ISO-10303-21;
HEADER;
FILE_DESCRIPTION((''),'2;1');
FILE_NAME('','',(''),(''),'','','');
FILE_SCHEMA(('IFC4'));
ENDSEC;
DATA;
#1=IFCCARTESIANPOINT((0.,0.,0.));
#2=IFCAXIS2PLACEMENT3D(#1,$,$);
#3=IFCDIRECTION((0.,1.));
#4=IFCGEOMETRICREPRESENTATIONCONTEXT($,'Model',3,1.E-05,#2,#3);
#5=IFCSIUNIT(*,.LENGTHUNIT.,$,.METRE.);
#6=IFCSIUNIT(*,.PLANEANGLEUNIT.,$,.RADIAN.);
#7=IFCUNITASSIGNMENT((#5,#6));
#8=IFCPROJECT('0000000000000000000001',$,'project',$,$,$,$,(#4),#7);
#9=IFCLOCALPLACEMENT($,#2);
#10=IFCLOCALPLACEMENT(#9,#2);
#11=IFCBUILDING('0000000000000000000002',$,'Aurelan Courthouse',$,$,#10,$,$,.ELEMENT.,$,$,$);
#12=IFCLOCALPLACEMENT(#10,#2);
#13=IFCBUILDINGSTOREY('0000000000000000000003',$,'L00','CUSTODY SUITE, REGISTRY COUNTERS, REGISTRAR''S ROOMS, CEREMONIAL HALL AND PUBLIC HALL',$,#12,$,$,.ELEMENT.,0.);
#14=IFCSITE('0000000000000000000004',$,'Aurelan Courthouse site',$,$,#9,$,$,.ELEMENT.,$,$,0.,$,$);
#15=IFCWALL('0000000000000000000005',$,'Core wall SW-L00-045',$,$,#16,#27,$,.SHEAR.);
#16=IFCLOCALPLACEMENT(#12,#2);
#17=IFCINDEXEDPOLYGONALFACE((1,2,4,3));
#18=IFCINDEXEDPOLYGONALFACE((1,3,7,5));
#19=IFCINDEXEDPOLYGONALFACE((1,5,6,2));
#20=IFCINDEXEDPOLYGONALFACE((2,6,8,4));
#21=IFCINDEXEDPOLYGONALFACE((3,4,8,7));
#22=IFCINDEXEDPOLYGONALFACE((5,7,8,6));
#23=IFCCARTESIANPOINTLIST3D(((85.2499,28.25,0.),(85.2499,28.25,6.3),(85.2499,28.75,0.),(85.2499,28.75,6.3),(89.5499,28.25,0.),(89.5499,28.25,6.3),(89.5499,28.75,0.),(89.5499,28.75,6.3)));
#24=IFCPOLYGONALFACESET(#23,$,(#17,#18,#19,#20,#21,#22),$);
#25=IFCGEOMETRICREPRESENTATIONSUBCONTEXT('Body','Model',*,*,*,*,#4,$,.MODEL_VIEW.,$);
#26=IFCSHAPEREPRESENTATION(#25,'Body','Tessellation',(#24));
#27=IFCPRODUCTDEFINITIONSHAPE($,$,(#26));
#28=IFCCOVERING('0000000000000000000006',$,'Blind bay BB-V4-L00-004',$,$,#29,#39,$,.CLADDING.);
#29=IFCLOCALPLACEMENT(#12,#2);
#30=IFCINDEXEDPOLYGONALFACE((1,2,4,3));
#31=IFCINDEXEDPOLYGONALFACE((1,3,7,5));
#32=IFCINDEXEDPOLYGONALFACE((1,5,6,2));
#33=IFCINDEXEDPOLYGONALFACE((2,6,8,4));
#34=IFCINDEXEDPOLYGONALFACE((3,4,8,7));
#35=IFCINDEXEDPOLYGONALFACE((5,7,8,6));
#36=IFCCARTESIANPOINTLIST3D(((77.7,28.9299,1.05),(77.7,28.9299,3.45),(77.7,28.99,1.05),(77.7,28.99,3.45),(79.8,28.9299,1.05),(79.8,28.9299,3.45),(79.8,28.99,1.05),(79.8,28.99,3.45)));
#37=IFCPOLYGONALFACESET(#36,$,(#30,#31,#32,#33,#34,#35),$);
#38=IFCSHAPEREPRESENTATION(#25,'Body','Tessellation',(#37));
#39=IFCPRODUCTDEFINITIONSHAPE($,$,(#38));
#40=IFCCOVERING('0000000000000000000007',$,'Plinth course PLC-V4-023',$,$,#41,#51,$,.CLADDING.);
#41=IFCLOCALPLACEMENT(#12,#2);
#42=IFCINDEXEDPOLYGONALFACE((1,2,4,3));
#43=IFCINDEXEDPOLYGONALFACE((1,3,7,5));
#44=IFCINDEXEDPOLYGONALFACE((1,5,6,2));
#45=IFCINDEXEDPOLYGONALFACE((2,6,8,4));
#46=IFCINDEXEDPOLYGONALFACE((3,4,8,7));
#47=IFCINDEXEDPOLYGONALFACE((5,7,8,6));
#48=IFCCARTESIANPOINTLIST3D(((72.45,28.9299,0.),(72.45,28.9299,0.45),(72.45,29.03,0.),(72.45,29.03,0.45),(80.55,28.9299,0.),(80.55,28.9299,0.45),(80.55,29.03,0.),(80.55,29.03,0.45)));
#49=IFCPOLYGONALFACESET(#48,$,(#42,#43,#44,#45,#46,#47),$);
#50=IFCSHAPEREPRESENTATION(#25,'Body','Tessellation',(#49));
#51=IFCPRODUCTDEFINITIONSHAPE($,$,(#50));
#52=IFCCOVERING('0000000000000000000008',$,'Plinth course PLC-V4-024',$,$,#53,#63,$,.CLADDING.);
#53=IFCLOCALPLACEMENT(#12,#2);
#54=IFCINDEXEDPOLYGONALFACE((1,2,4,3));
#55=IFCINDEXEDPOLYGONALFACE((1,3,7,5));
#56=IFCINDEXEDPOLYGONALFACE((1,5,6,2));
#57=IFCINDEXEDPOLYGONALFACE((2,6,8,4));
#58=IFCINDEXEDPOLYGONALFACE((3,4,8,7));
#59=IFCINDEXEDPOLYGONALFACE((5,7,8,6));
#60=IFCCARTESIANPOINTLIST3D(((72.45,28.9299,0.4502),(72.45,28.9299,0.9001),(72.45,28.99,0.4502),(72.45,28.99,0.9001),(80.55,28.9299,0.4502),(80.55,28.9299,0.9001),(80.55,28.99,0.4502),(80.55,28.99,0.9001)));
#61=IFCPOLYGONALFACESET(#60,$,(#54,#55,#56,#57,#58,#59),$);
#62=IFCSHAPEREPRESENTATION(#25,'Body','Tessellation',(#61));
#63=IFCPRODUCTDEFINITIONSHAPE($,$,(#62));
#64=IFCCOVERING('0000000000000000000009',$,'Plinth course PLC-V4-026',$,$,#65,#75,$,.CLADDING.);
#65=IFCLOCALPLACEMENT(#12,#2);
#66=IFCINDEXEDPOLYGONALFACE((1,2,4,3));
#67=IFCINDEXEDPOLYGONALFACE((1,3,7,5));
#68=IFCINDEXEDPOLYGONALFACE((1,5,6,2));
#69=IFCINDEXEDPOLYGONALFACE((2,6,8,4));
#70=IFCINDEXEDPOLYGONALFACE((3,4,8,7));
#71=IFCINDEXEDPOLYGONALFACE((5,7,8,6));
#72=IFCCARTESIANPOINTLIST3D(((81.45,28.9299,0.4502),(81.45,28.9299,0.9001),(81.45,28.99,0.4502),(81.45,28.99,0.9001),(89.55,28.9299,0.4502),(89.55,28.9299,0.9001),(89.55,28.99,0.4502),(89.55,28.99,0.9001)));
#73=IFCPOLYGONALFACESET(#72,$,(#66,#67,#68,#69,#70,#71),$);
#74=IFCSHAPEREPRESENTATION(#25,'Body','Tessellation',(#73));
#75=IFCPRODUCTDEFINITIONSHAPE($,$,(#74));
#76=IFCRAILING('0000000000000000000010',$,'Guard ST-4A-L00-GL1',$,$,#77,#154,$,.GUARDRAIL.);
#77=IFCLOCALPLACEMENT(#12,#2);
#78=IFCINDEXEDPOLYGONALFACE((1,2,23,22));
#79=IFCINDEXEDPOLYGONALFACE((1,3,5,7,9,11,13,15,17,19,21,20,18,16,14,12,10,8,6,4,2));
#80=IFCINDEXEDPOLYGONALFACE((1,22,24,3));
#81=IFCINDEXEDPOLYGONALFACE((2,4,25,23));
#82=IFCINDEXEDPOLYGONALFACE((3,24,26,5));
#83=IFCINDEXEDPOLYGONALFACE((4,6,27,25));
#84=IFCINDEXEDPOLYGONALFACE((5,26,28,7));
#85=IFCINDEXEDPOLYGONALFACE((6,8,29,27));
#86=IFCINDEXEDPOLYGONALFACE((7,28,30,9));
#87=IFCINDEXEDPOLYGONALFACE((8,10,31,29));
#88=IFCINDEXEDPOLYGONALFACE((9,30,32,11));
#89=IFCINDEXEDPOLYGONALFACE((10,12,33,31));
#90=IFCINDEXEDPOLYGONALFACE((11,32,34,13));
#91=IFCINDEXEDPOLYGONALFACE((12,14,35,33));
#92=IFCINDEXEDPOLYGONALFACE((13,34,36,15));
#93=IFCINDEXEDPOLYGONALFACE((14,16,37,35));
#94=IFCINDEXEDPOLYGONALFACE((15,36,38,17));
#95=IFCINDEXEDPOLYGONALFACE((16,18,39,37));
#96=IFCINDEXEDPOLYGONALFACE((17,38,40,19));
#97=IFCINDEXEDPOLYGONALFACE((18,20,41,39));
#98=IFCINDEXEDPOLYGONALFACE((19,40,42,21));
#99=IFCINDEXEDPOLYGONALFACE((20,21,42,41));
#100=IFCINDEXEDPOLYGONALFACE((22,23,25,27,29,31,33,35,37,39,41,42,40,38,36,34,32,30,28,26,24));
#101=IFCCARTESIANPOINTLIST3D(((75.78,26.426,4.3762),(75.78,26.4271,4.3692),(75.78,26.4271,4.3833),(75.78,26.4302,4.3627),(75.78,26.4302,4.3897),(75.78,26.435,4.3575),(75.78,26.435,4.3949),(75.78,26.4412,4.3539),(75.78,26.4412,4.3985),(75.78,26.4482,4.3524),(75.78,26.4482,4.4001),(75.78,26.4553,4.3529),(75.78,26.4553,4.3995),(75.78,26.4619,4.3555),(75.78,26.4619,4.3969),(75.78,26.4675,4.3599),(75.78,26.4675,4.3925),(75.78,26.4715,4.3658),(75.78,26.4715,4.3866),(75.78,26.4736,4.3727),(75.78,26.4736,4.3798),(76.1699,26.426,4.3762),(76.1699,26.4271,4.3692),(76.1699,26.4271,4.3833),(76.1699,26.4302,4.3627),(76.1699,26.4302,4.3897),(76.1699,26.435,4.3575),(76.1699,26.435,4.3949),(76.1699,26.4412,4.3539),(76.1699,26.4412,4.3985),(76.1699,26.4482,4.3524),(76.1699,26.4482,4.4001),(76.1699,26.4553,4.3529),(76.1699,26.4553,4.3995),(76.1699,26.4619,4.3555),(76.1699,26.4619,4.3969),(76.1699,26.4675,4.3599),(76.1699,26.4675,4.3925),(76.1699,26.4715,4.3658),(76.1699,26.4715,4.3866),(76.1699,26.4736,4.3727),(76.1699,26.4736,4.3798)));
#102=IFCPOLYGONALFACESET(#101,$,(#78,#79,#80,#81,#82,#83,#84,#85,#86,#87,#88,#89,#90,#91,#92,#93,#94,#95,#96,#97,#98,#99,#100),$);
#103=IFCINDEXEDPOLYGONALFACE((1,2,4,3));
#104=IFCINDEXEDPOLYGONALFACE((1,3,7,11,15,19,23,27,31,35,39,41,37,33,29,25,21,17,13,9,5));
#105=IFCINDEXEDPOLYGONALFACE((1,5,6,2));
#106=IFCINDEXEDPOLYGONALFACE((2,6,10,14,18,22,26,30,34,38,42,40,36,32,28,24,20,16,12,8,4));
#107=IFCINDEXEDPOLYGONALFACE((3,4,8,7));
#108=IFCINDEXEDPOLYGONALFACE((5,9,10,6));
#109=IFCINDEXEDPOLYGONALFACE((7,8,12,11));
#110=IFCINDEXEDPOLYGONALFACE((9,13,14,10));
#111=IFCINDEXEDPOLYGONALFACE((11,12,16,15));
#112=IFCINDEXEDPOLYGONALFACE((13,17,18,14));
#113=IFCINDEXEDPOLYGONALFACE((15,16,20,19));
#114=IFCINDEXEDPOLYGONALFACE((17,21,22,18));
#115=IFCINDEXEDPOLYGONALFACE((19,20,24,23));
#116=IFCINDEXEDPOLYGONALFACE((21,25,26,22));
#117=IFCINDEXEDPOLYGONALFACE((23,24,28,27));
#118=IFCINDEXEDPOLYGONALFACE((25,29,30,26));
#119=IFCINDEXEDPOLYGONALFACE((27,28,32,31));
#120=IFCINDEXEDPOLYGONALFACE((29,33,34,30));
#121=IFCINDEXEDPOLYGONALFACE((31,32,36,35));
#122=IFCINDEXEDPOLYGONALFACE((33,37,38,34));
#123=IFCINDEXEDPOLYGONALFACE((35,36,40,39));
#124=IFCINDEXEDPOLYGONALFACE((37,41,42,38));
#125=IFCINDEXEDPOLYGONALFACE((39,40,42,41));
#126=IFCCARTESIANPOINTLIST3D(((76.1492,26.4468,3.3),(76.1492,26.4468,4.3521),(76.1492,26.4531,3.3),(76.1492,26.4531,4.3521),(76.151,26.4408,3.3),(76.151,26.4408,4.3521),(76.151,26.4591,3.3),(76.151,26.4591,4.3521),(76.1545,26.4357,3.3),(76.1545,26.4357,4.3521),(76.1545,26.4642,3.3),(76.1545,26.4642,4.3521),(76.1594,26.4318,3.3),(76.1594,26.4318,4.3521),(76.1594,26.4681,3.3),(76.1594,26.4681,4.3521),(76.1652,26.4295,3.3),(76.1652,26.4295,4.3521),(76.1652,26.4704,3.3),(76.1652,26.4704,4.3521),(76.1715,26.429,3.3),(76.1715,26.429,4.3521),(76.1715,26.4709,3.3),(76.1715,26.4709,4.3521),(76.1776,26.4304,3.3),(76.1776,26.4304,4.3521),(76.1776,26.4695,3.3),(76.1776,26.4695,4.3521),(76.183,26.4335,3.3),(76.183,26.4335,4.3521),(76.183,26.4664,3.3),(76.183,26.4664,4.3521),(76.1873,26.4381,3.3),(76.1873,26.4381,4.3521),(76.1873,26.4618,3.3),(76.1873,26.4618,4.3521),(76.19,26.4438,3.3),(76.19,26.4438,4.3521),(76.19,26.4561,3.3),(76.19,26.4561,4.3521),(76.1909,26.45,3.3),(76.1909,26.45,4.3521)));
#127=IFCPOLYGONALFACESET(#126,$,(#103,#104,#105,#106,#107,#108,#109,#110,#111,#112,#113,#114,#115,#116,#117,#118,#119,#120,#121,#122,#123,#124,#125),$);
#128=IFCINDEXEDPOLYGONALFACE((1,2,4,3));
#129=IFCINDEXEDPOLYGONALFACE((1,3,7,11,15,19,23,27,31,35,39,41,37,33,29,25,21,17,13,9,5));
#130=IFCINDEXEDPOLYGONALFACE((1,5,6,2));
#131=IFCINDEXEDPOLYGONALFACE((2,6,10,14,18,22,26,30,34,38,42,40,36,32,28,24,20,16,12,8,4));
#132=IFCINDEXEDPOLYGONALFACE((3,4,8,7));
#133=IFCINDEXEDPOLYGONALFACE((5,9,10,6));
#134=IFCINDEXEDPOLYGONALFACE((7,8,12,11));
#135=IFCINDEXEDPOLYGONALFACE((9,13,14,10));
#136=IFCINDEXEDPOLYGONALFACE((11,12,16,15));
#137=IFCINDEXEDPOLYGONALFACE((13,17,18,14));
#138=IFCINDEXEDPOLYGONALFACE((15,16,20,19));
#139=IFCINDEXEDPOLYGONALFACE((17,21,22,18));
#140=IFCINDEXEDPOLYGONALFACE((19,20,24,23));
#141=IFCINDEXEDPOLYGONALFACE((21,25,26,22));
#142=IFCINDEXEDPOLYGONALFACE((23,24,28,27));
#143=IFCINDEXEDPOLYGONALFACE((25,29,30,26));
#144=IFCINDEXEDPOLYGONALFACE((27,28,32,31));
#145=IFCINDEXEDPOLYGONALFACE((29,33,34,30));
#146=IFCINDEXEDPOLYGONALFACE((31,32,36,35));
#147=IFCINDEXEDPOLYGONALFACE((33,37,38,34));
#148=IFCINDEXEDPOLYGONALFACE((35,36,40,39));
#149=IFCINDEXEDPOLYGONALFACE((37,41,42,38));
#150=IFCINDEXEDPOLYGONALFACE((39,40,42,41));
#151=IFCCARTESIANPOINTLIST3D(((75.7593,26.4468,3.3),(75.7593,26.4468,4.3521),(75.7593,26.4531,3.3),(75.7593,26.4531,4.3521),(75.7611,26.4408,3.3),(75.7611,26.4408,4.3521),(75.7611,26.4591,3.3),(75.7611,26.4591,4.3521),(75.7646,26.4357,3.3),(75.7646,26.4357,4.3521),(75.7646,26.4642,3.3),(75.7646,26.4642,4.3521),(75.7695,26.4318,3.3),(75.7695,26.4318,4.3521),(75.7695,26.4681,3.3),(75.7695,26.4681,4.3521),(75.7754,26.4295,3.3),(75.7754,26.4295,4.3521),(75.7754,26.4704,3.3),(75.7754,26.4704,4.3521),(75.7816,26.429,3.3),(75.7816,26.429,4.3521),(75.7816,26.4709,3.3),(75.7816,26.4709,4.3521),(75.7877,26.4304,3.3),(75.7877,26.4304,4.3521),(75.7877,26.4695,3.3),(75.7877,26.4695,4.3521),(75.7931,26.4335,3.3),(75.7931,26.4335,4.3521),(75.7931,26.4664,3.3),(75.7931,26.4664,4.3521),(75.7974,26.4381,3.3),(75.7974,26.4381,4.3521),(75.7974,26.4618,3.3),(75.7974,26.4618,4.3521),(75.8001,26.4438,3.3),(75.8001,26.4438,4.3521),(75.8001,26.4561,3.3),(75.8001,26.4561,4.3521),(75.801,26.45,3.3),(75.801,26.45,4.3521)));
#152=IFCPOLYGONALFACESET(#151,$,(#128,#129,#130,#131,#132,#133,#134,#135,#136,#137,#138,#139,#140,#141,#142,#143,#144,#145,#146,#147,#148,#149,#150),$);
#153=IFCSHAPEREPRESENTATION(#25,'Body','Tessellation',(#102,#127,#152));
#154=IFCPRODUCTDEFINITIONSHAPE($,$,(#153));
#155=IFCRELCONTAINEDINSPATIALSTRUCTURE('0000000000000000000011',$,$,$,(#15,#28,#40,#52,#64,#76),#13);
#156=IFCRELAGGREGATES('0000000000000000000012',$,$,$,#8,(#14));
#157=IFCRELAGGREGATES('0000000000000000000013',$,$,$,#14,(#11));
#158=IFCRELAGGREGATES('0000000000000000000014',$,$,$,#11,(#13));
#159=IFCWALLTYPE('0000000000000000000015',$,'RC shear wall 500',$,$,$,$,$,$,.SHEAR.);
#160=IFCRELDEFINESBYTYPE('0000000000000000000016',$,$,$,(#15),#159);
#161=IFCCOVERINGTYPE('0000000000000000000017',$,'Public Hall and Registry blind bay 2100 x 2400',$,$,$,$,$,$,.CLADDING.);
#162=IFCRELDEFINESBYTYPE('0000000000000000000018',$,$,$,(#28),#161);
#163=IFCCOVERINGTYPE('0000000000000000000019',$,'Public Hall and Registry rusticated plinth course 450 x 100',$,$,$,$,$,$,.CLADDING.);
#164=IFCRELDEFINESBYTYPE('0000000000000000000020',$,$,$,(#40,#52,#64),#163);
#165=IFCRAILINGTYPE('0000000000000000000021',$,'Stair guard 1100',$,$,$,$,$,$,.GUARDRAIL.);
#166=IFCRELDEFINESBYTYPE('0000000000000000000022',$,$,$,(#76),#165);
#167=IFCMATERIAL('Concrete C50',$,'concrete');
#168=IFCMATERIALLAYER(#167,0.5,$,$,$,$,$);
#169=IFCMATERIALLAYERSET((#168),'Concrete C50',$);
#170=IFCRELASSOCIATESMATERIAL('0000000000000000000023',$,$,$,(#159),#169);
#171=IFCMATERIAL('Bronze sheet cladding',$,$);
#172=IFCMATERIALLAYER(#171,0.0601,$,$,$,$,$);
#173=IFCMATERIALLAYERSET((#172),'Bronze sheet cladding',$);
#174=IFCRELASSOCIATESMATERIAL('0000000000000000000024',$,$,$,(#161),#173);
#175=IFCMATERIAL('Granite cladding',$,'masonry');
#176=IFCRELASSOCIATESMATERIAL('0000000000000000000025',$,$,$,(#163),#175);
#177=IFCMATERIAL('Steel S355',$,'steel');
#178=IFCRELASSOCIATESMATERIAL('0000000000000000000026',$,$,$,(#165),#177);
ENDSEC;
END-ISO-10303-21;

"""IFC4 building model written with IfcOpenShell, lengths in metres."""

from ifc_helpers import new_model, si_unit, direction, frame, frame_2d, origin, origin_2d, place, context, subcontext, project, spatial, rectangle, circle, extrude, material, layer, layer_set, type_object, element, save


model = new_model("IFC4")

# Units and contexts
model_context = context("Model", 3, precision=1e-05, world=origin(), true_north=direction((0.0, 1.0)))
body_context = subcontext(model_context, "Body", "Model", "MODEL_VIEW")
ifc_project = project(units=[si_unit("LENGTHUNIT", "METRE"), si_unit("PLANEANGLEUNIT", "RADIAN")], contexts=[model_context])

# Site, building, storey
site_placement = place(None, origin())
site = spatial("IfcSite", under=ifc_project, at=site_placement, Name="Aurelan Courthouse site", CompositionType="ELEMENT", RefElevation=0.0)
building_placement = place(site_placement, origin())
building = spatial("IfcBuilding", under=site, at=building_placement, Name="Aurelan Courthouse", CompositionType="ELEMENT")
storey_placement = place(building_placement, origin())
storey = spatial("IfcBuildingStorey", under=building, at=storey_placement, Name="L00", Description="CUSTODY SUITE, REGISTRY COUNTERS, REGISTRAR'S ROOMS, CEREMONIAL HALL AND PUBLIC HALL", CompositionType="ELEMENT", Elevation=0.0)

# Shared definitions
ifc_material_1 = material(Name="Concrete C50", Category="concrete")

# Shared definitions
ifc_material_2 = material(Name="Granite cladding", Category="masonry")

# Shared definitions
ifc_layer_1 = layer(ifc_material_1, 0.5)
ifc_layer_set_1 = layer_set([ifc_layer_1], Name="Concrete C50")
wall_type_1 = type_object("IfcWallType", Name="RC shear wall 500", PredefinedType="SHEAR", material=ifc_layer_set_1)

# Wall
wall_1_placement = place(storey_placement, frame((85.25, 28.5, 0.0), z_axis=(0.0, 0.0, 1.0), x_axis=(1.0, 0.0, 0.0)))
element("IfcWall", 1, at=wall_1_placement, inside=storey, type_object=wall_type_1, Name="Core wall SW-L00-045", PredefinedType="SHEAR", context=body_context, shape_type="SweptSolid", body=[
    extrude(rectangle(XDim=4.3, YDim=0.5, at=frame_2d((2.1499, 0.0))), origin(), (0.0, 0.0, 1.0), 6.3),
])

# Coverings
ifc_material_3 = material(Name="Bronze sheet cladding")
ifc_layer_2 = layer(ifc_material_3, 0.0601)
ifc_layer_set_2 = layer_set([ifc_layer_2], Name="Bronze sheet cladding")
covering_type_1 = type_object("IfcCoveringType", Name="Public Hall and Registry blind bay 2100 x 2400", PredefinedType="CLADDING", material=ifc_layer_set_2)
covering_1_placement = place(storey_placement, frame((78.75, 28.96, 1.05), z_axis=(0.0, 0.0, 1.0), x_axis=(1.0, 0.0, 0.0)))
element("IfcCovering", 2, at=covering_1_placement, inside=storey, type_object=covering_type_1, Name="Blind bay BB-V4-L00-004", PredefinedType="CLADDING", context=body_context, shape_type="SweptSolid", body=[
    extrude(rectangle(XDim=2.1001, YDim=0.0601, at=origin_2d()), origin(), (0.0, 0.0, 1.0), 2.3999),
])
covering_type_2 = type_object("IfcCoveringType", Name="Public Hall and Registry rusticated plinth course 450 x 100", PredefinedType="CLADDING", material=ifc_material_2)
covering_2_placement = place(storey_placement, frame((76.5, 28.98, 0.0), z_axis=(0.0, 0.0, 1.0), x_axis=(1.0, 0.0, 0.0)))
element("IfcCovering", 3, at=covering_2_placement, inside=storey, type_object=covering_type_2, Name="Plinth course PLC-V4-023", PredefinedType="CLADDING", context=body_context, shape_type="SweptSolid", body=[
    extrude(rectangle(XDim=8.1001, YDim=0.1001, at=origin_2d()), origin(), (0.0, 0.0, 1.0), 0.45),
])
for number, where, z_axis, x_axis, name in (
    (4, (76.5, 28.96, 0.4502), (0.0, 0.0, 1.0), (1.0, 0.0, 0.0), "Plinth course PLC-V4-024"),
    (5, (85.5, 28.96, 0.4502), (0.0, 0.0, 1.0), (1.0, 0.0, 0.0), "Plinth course PLC-V4-026"),
):
    element("IfcCovering", number, at=place(storey_placement, frame(where, z_axis=z_axis, x_axis=x_axis)), inside=storey, type_object=covering_type_2, Name=name, PredefinedType="CLADDING", context=body_context, shape_type="SweptSolid", body=[
        extrude(rectangle(XDim=8.1001, YDim=0.0601, at=origin_2d()), origin(), (0.0, 0.0, 1.0), 0.45),
    ])

# Railing
ifc_material_4 = material(Name="Steel S355", Category="steel")
railing_type_1 = type_object("IfcRailingType", Name="Stair guard 1100", PredefinedType="GUARDRAIL", material=ifc_material_4)
railing_1_placement = place(storey_placement, frame((76.1699, 26.45, 3.3)))
element("IfcRailing", 6, at=railing_1_placement, inside=storey, type_object=railing_type_1, Name="Guard ST-4A-L00-GL1", PredefinedType="GUARDRAIL", context=body_context, shape_type="SweptSolid", body=[
    extrude(circle(Radius=0.0239, at=origin_2d()), frame((0.0, 0.0, 1.0762), z_axis=(-1.0, 0.0, 0.0), x_axis=(0.0, -1.0, 0.0)), (0.0, 0.0, 1.0), 0.3899),
    extrude(circle(Radius=0.021, at=origin_2d()), origin(), (0.0, 0.0, 1.0), 1.052),
    extrude(circle(Radius=0.021, at=origin_2d()), frame((-0.3899, 0.0, 0.0)), (0.0, 0.0, 1.0), 1.052),
])

save(model, "model.ifc")
